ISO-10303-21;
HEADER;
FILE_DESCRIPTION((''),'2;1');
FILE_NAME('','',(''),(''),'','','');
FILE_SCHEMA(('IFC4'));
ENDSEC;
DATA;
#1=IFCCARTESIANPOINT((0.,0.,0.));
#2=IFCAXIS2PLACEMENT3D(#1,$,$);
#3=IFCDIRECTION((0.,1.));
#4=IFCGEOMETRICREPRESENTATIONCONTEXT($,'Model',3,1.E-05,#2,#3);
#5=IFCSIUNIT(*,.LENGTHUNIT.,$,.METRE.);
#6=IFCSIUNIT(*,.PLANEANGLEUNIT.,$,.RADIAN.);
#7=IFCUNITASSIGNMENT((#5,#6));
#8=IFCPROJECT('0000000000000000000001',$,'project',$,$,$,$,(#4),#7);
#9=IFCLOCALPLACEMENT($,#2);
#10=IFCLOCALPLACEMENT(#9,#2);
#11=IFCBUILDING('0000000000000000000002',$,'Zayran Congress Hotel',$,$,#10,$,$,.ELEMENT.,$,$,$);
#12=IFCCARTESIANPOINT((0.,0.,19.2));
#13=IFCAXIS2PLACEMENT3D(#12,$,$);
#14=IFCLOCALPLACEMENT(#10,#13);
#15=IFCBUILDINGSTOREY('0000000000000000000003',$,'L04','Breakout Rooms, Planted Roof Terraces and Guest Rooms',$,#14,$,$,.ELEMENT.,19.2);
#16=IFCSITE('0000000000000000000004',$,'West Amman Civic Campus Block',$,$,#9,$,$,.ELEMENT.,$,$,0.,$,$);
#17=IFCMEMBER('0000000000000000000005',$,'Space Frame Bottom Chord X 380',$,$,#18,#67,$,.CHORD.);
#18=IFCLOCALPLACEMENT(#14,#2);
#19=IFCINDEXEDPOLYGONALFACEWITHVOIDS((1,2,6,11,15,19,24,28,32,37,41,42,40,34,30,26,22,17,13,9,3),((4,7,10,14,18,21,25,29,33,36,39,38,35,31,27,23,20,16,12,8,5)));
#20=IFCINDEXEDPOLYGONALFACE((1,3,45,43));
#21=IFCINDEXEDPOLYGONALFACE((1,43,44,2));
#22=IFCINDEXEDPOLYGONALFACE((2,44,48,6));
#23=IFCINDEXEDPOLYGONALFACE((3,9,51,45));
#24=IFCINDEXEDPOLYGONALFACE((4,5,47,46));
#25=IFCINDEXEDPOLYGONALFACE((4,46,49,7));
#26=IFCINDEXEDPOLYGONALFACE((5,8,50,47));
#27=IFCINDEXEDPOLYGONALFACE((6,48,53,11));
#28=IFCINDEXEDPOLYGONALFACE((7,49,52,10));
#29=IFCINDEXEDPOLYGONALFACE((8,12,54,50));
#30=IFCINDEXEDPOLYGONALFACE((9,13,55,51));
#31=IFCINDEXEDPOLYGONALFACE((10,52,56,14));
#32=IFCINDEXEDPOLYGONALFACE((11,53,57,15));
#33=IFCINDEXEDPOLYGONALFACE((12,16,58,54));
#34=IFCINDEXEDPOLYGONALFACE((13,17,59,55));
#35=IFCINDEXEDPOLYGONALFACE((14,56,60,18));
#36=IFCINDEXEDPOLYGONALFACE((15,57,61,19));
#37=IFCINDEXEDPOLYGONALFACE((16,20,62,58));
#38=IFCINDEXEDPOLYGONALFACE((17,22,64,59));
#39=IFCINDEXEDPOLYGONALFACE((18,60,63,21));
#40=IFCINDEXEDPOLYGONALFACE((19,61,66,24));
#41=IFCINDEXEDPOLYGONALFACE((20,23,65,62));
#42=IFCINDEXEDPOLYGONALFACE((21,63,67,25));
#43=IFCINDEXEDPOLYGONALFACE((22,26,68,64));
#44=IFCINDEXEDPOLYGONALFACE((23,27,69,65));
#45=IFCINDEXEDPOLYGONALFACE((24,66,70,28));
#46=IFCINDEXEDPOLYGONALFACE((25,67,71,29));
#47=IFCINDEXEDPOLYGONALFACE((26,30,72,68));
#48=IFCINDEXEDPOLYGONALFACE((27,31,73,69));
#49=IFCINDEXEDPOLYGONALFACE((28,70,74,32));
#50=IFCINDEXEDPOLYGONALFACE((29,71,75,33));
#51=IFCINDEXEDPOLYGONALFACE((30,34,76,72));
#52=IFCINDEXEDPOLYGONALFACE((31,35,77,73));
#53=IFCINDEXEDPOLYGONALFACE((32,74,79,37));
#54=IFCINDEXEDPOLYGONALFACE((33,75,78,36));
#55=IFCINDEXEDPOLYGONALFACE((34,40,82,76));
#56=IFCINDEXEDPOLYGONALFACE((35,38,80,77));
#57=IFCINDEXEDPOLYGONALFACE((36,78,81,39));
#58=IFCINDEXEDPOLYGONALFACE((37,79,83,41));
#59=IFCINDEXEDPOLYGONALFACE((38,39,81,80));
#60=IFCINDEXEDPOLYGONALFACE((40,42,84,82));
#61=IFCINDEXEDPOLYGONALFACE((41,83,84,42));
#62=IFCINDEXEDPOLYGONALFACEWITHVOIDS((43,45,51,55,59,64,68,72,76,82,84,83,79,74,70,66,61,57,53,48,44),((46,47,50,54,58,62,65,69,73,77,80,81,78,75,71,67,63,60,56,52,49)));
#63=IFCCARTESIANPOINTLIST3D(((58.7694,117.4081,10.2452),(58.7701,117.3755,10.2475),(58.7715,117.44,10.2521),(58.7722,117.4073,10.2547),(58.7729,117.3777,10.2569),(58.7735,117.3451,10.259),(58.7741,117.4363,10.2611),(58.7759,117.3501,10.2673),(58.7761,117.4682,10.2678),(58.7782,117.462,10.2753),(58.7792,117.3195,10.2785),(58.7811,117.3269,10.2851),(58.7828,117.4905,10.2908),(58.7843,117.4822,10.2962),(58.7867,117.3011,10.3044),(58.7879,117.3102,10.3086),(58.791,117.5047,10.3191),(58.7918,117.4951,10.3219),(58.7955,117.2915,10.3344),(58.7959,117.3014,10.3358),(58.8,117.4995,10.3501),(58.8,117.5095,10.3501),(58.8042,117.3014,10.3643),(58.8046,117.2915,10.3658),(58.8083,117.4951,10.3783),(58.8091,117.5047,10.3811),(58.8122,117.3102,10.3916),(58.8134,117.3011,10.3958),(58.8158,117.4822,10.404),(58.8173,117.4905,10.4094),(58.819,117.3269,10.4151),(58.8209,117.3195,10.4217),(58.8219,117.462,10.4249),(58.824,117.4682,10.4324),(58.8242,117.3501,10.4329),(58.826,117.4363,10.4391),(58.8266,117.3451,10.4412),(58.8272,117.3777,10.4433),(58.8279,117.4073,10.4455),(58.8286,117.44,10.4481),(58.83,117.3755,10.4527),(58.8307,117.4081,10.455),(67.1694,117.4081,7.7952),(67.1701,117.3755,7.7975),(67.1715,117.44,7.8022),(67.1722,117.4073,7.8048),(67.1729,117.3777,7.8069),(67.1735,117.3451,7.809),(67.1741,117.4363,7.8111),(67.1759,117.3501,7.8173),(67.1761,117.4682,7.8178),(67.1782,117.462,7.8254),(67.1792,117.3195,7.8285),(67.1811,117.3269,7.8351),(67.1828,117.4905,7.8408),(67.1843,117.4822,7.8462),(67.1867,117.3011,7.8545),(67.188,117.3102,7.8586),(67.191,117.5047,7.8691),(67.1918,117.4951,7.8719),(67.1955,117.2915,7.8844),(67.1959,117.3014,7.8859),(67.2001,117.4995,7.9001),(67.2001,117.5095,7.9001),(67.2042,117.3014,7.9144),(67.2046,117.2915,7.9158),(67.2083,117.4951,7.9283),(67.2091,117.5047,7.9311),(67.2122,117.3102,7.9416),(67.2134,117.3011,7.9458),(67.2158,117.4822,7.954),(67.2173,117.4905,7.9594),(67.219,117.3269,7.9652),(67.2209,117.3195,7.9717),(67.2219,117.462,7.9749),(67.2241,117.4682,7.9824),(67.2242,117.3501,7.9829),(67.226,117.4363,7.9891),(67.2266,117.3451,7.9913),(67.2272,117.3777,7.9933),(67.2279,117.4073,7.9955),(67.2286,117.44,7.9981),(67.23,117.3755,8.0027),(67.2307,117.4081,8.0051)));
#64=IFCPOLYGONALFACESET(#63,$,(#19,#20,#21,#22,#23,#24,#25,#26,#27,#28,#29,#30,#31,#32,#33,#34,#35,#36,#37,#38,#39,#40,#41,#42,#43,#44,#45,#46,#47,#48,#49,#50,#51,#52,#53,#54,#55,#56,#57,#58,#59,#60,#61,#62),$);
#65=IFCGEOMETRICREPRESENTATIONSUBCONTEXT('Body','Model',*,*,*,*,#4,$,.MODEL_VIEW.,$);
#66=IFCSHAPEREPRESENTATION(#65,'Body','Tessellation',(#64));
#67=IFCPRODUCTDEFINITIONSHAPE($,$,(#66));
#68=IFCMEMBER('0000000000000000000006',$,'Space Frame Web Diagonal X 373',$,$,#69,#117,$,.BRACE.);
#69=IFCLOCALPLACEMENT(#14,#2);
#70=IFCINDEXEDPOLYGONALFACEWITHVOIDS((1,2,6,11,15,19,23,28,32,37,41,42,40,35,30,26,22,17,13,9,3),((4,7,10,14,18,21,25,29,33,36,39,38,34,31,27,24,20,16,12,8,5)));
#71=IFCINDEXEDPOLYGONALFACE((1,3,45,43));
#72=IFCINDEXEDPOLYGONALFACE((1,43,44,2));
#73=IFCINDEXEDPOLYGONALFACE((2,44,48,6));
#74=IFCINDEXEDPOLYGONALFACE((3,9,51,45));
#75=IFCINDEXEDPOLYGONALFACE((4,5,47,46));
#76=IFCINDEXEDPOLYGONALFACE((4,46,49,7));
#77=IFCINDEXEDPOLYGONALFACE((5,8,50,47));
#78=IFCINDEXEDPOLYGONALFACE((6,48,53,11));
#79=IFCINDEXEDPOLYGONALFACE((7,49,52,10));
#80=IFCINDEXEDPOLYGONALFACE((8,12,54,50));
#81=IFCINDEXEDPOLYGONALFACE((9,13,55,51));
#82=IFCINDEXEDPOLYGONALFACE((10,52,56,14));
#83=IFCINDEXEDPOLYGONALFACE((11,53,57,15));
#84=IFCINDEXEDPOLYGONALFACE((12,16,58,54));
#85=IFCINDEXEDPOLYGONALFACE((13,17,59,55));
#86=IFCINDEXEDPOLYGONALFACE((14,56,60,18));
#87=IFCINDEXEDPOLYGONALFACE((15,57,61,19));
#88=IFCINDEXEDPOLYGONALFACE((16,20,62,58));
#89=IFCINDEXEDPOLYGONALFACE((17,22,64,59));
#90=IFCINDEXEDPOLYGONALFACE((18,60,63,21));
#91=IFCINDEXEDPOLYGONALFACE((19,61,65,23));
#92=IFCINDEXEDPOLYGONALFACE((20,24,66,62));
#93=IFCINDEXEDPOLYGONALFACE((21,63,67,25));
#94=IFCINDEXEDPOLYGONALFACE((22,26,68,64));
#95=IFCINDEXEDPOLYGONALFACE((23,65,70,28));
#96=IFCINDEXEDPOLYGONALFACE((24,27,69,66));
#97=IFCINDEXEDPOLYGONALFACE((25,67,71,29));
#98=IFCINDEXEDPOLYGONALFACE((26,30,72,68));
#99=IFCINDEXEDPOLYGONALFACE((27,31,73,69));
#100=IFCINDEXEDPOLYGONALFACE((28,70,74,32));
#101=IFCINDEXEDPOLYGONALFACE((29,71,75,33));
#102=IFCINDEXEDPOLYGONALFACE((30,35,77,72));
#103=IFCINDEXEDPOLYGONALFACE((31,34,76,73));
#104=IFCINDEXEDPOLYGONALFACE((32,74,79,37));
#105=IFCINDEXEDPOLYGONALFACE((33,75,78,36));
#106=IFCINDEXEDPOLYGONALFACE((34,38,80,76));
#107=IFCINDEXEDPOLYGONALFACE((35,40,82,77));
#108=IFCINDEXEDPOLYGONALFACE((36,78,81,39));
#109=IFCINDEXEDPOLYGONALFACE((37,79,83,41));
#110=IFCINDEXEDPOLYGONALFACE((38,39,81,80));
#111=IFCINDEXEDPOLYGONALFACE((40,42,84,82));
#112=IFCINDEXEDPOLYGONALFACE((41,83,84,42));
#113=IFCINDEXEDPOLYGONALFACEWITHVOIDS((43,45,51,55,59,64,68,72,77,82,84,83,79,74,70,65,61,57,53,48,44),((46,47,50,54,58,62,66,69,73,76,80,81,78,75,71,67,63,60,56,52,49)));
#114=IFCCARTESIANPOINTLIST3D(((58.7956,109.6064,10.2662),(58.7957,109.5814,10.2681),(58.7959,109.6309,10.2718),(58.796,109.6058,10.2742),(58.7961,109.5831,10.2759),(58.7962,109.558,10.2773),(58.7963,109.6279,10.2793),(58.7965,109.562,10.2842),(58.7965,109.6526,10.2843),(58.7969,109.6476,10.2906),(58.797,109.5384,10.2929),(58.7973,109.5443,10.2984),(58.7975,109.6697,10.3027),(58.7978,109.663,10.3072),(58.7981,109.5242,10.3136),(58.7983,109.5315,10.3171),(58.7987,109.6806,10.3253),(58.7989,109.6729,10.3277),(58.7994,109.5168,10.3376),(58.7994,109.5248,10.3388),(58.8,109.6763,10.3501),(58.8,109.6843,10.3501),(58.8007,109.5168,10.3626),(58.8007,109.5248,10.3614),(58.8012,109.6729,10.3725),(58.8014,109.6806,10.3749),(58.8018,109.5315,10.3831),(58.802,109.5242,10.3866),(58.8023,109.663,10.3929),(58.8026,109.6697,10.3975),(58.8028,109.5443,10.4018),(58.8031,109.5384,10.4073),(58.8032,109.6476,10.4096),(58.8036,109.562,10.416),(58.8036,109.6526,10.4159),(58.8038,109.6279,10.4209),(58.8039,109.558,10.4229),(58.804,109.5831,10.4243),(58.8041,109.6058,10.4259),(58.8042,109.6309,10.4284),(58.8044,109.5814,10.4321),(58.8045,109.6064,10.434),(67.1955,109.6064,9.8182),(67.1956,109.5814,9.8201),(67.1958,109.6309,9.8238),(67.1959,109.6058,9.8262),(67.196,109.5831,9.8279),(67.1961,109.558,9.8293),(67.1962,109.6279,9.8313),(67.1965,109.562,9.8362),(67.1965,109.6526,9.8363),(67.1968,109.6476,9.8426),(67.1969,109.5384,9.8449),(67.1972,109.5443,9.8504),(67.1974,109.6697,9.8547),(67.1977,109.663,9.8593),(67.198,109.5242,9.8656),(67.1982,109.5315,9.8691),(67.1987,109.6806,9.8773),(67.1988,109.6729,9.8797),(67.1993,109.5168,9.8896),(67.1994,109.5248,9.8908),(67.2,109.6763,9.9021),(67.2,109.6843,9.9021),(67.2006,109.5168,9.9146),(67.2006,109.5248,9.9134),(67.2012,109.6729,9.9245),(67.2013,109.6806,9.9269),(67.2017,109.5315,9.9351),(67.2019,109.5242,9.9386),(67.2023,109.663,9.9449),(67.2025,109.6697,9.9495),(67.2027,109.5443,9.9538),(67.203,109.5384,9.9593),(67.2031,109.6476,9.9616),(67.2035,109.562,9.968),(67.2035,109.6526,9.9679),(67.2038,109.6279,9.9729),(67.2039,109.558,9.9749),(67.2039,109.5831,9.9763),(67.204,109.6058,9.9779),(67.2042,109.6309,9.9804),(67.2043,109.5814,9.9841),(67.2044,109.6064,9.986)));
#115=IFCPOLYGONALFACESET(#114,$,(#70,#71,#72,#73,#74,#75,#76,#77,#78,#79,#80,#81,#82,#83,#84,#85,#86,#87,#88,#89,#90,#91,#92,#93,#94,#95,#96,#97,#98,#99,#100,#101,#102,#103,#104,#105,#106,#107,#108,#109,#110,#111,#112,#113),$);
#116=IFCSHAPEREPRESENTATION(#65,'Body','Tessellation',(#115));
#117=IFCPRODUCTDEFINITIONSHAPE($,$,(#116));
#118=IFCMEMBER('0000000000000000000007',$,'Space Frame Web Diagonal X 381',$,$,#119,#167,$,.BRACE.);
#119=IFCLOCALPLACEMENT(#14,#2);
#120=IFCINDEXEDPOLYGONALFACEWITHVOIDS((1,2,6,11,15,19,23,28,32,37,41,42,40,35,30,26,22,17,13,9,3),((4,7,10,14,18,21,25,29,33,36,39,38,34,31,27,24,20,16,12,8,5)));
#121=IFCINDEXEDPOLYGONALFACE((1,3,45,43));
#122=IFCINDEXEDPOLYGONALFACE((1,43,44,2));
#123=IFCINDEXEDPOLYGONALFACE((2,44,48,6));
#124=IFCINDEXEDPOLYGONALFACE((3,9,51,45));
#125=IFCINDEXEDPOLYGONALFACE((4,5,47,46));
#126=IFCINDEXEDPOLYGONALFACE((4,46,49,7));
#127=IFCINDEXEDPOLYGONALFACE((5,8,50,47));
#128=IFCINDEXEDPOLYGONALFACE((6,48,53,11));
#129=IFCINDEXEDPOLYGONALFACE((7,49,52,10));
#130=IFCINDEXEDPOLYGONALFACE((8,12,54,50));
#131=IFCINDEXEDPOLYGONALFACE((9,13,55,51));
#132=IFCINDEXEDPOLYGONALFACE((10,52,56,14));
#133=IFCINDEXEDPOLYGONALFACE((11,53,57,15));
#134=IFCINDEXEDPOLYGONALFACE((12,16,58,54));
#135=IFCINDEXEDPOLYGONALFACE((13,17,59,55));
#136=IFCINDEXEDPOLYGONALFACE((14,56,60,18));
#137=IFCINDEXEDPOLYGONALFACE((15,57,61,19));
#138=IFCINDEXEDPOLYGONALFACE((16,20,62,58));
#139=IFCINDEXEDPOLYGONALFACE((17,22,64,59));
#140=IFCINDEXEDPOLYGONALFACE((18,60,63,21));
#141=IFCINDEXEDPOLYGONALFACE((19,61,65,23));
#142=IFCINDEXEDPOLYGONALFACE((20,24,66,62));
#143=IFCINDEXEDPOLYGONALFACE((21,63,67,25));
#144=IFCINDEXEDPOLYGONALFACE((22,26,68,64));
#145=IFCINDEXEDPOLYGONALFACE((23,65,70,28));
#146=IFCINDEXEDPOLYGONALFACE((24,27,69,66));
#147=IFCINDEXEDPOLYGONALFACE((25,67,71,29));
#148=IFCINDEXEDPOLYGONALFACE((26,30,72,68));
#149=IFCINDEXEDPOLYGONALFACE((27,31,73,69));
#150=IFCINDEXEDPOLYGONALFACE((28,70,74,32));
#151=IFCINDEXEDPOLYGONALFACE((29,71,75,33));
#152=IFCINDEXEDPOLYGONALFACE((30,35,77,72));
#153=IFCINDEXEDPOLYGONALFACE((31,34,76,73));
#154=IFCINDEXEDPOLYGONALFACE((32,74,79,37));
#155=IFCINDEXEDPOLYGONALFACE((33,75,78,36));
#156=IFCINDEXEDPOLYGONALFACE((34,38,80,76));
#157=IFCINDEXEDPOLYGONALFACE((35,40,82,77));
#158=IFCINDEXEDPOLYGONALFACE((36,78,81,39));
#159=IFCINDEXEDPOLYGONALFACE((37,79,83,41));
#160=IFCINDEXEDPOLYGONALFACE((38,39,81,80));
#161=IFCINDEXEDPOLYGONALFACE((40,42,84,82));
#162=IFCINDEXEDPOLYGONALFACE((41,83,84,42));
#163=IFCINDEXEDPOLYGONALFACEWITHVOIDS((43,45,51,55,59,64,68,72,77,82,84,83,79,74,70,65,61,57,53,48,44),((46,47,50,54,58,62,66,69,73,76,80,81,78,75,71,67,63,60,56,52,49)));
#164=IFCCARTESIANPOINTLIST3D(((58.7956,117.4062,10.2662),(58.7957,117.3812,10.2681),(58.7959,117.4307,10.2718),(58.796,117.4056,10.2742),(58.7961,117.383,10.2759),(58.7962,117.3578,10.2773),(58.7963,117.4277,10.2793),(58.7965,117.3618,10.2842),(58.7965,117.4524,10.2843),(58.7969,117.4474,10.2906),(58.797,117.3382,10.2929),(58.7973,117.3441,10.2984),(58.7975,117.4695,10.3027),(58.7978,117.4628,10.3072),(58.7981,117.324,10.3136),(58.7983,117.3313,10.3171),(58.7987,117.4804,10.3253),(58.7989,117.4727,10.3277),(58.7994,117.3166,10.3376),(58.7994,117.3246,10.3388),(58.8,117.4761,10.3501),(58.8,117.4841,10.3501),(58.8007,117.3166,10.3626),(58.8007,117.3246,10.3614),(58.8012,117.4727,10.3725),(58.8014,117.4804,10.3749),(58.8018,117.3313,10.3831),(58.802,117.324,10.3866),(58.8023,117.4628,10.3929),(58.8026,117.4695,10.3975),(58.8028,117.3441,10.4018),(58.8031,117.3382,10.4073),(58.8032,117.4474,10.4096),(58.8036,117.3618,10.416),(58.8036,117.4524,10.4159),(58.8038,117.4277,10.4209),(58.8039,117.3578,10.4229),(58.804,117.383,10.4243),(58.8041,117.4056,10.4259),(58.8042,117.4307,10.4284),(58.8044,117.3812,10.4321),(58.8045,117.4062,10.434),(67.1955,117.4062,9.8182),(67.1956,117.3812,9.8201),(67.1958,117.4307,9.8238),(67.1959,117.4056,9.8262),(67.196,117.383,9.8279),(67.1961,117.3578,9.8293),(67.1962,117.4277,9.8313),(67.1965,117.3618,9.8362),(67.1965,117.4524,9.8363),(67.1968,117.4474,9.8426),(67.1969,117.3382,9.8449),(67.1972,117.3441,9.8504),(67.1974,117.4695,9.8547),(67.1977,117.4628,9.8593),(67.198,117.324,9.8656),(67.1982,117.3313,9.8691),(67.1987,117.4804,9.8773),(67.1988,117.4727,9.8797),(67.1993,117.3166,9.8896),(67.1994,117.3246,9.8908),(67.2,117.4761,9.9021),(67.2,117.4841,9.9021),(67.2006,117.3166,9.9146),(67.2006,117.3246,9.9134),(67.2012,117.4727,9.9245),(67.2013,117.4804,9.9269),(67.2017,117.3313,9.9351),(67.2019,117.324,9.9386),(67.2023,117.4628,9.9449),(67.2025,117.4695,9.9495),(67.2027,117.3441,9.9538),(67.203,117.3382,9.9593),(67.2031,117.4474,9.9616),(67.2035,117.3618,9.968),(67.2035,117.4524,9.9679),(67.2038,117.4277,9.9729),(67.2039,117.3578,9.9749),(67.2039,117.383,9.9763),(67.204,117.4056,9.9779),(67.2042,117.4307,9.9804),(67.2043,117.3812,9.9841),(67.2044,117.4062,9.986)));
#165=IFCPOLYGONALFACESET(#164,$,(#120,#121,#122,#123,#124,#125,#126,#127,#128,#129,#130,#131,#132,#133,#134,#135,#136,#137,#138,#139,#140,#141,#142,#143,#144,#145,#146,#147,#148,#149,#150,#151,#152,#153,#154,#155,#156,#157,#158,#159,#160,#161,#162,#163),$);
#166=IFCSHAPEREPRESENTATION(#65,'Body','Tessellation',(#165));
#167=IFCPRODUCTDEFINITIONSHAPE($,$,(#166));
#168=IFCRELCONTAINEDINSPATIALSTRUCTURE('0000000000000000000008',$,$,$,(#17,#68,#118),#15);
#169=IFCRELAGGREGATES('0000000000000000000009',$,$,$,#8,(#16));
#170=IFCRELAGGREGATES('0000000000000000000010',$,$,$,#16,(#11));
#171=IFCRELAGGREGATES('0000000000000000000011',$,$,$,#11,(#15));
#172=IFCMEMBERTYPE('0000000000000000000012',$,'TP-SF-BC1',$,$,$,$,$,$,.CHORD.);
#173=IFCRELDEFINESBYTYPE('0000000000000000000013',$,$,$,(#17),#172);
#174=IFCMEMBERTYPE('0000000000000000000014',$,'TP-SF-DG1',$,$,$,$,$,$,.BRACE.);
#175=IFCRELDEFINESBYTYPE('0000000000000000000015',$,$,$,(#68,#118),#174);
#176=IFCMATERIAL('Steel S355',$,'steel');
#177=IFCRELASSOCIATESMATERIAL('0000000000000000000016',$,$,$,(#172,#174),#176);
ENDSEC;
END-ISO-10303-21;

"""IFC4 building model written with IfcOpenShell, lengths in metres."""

from ifc_helpers import new_model, si_unit, direction, frame, origin, origin_2d, place, context, subcontext, project, spatial, hollow_circle, extrude, material, material_profile, profile_set, type_object, element, save


model = new_model("IFC4")

# Units and contexts
model_context = context("Model", 3, precision=1e-05, world=origin(), true_north=direction((0.0, 1.0)))
body_context = subcontext(model_context, "Body", "Model", "MODEL_VIEW")
ifc_project = project(units=[si_unit("LENGTHUNIT", "METRE"), si_unit("PLANEANGLEUNIT", "RADIAN")], contexts=[model_context])

# Site, building, storey
site_placement = place(None, origin())
site = spatial("IfcSite", under=ifc_project, at=site_placement, Name="West Amman Civic Campus Block", CompositionType="ELEMENT", RefElevation=0.0)
building_placement = place(site_placement, origin())
building = spatial("IfcBuilding", under=site, at=building_placement, Name="Zayran Congress Hotel", CompositionType="ELEMENT")
storey_placement = place(building_placement, frame((0.0, 0.0, 19.2)))
storey = spatial("IfcBuildingStorey", under=building, at=storey_placement, Name="L04", Description="Breakout Rooms, Planted Roof Terraces and Guest Rooms", CompositionType="ELEMENT", Elevation=19.2)

# Members
ifc_material_1 = material(Name="Steel S355", Category="steel")
ifc_material_profile_1 = material_profile(ifc_material_1, hollow_circle(Radius=0.1096, WallThickness=0.01, at=origin_2d()), Name="CHS 219.1x10")
ifc_profile_set_1 = profile_set([ifc_material_profile_1], Name="Steel S355")
member_type_1 = type_object("IfcMemberType", Name="TP-SF-BC1", PredefinedType="CHORD", material=ifc_profile_set_1)
member_1_placement = place(storey_placement, frame((58.8, 117.3999, 10.3501), z_axis=(0.960001, 0.0, -0.279998), x_axis=(0.0, 1.0, 0.0)))
element("IfcMember", 1, at=member_1_placement, inside=storey, type_object=member_type_1, Name="Space Frame Bottom Chord X 380", PredefinedType="CHORD", context=body_context, shape_type="SweptSolid", body=[
    extrude(hollow_circle(Radius=0.1096, WallThickness=0.01, at=origin_2d()), origin(), (0.0, 0.0, 1.0), 8.75),
])
ifc_material_profile_2 = material_profile(ifc_material_1, hollow_circle(Radius=0.0842, WallThickness=0.0081, at=origin_2d()), Name="CHS 168.3x8")
ifc_profile_set_2 = profile_set([ifc_material_profile_2], Name="Steel S355")
member_type_2 = type_object("IfcMemberType", Name="TP-SF-DG1", PredefinedType="BRACE", material=ifc_profile_set_2)
for number, where, z_axis, x_axis, name in (
    (2, (58.8, 109.6001, 10.3501), (0.998581, 0.0, -0.053258), (0.0, 1.0, 0.0), "Space Frame Web Diagonal X 373"),
    (3, (58.8, 117.3999, 10.3501), (0.998581, 0.0, -0.053258), (0.0, 1.0, 0.0), "Space Frame Web Diagonal X 381"),
):
    element("IfcMember", number, at=place(storey_placement, frame(where, z_axis=z_axis, x_axis=x_axis)), inside=storey, type_object=member_type_2, Name=name, PredefinedType="BRACE", context=body_context, shape_type="SweptSolid", body=[
        extrude(hollow_circle(Radius=0.0842, WallThickness=0.0081, at=origin_2d()), origin(), (0.0, 0.0, 1.0), 8.4119),
    ])

save(model, "model.ifc")
